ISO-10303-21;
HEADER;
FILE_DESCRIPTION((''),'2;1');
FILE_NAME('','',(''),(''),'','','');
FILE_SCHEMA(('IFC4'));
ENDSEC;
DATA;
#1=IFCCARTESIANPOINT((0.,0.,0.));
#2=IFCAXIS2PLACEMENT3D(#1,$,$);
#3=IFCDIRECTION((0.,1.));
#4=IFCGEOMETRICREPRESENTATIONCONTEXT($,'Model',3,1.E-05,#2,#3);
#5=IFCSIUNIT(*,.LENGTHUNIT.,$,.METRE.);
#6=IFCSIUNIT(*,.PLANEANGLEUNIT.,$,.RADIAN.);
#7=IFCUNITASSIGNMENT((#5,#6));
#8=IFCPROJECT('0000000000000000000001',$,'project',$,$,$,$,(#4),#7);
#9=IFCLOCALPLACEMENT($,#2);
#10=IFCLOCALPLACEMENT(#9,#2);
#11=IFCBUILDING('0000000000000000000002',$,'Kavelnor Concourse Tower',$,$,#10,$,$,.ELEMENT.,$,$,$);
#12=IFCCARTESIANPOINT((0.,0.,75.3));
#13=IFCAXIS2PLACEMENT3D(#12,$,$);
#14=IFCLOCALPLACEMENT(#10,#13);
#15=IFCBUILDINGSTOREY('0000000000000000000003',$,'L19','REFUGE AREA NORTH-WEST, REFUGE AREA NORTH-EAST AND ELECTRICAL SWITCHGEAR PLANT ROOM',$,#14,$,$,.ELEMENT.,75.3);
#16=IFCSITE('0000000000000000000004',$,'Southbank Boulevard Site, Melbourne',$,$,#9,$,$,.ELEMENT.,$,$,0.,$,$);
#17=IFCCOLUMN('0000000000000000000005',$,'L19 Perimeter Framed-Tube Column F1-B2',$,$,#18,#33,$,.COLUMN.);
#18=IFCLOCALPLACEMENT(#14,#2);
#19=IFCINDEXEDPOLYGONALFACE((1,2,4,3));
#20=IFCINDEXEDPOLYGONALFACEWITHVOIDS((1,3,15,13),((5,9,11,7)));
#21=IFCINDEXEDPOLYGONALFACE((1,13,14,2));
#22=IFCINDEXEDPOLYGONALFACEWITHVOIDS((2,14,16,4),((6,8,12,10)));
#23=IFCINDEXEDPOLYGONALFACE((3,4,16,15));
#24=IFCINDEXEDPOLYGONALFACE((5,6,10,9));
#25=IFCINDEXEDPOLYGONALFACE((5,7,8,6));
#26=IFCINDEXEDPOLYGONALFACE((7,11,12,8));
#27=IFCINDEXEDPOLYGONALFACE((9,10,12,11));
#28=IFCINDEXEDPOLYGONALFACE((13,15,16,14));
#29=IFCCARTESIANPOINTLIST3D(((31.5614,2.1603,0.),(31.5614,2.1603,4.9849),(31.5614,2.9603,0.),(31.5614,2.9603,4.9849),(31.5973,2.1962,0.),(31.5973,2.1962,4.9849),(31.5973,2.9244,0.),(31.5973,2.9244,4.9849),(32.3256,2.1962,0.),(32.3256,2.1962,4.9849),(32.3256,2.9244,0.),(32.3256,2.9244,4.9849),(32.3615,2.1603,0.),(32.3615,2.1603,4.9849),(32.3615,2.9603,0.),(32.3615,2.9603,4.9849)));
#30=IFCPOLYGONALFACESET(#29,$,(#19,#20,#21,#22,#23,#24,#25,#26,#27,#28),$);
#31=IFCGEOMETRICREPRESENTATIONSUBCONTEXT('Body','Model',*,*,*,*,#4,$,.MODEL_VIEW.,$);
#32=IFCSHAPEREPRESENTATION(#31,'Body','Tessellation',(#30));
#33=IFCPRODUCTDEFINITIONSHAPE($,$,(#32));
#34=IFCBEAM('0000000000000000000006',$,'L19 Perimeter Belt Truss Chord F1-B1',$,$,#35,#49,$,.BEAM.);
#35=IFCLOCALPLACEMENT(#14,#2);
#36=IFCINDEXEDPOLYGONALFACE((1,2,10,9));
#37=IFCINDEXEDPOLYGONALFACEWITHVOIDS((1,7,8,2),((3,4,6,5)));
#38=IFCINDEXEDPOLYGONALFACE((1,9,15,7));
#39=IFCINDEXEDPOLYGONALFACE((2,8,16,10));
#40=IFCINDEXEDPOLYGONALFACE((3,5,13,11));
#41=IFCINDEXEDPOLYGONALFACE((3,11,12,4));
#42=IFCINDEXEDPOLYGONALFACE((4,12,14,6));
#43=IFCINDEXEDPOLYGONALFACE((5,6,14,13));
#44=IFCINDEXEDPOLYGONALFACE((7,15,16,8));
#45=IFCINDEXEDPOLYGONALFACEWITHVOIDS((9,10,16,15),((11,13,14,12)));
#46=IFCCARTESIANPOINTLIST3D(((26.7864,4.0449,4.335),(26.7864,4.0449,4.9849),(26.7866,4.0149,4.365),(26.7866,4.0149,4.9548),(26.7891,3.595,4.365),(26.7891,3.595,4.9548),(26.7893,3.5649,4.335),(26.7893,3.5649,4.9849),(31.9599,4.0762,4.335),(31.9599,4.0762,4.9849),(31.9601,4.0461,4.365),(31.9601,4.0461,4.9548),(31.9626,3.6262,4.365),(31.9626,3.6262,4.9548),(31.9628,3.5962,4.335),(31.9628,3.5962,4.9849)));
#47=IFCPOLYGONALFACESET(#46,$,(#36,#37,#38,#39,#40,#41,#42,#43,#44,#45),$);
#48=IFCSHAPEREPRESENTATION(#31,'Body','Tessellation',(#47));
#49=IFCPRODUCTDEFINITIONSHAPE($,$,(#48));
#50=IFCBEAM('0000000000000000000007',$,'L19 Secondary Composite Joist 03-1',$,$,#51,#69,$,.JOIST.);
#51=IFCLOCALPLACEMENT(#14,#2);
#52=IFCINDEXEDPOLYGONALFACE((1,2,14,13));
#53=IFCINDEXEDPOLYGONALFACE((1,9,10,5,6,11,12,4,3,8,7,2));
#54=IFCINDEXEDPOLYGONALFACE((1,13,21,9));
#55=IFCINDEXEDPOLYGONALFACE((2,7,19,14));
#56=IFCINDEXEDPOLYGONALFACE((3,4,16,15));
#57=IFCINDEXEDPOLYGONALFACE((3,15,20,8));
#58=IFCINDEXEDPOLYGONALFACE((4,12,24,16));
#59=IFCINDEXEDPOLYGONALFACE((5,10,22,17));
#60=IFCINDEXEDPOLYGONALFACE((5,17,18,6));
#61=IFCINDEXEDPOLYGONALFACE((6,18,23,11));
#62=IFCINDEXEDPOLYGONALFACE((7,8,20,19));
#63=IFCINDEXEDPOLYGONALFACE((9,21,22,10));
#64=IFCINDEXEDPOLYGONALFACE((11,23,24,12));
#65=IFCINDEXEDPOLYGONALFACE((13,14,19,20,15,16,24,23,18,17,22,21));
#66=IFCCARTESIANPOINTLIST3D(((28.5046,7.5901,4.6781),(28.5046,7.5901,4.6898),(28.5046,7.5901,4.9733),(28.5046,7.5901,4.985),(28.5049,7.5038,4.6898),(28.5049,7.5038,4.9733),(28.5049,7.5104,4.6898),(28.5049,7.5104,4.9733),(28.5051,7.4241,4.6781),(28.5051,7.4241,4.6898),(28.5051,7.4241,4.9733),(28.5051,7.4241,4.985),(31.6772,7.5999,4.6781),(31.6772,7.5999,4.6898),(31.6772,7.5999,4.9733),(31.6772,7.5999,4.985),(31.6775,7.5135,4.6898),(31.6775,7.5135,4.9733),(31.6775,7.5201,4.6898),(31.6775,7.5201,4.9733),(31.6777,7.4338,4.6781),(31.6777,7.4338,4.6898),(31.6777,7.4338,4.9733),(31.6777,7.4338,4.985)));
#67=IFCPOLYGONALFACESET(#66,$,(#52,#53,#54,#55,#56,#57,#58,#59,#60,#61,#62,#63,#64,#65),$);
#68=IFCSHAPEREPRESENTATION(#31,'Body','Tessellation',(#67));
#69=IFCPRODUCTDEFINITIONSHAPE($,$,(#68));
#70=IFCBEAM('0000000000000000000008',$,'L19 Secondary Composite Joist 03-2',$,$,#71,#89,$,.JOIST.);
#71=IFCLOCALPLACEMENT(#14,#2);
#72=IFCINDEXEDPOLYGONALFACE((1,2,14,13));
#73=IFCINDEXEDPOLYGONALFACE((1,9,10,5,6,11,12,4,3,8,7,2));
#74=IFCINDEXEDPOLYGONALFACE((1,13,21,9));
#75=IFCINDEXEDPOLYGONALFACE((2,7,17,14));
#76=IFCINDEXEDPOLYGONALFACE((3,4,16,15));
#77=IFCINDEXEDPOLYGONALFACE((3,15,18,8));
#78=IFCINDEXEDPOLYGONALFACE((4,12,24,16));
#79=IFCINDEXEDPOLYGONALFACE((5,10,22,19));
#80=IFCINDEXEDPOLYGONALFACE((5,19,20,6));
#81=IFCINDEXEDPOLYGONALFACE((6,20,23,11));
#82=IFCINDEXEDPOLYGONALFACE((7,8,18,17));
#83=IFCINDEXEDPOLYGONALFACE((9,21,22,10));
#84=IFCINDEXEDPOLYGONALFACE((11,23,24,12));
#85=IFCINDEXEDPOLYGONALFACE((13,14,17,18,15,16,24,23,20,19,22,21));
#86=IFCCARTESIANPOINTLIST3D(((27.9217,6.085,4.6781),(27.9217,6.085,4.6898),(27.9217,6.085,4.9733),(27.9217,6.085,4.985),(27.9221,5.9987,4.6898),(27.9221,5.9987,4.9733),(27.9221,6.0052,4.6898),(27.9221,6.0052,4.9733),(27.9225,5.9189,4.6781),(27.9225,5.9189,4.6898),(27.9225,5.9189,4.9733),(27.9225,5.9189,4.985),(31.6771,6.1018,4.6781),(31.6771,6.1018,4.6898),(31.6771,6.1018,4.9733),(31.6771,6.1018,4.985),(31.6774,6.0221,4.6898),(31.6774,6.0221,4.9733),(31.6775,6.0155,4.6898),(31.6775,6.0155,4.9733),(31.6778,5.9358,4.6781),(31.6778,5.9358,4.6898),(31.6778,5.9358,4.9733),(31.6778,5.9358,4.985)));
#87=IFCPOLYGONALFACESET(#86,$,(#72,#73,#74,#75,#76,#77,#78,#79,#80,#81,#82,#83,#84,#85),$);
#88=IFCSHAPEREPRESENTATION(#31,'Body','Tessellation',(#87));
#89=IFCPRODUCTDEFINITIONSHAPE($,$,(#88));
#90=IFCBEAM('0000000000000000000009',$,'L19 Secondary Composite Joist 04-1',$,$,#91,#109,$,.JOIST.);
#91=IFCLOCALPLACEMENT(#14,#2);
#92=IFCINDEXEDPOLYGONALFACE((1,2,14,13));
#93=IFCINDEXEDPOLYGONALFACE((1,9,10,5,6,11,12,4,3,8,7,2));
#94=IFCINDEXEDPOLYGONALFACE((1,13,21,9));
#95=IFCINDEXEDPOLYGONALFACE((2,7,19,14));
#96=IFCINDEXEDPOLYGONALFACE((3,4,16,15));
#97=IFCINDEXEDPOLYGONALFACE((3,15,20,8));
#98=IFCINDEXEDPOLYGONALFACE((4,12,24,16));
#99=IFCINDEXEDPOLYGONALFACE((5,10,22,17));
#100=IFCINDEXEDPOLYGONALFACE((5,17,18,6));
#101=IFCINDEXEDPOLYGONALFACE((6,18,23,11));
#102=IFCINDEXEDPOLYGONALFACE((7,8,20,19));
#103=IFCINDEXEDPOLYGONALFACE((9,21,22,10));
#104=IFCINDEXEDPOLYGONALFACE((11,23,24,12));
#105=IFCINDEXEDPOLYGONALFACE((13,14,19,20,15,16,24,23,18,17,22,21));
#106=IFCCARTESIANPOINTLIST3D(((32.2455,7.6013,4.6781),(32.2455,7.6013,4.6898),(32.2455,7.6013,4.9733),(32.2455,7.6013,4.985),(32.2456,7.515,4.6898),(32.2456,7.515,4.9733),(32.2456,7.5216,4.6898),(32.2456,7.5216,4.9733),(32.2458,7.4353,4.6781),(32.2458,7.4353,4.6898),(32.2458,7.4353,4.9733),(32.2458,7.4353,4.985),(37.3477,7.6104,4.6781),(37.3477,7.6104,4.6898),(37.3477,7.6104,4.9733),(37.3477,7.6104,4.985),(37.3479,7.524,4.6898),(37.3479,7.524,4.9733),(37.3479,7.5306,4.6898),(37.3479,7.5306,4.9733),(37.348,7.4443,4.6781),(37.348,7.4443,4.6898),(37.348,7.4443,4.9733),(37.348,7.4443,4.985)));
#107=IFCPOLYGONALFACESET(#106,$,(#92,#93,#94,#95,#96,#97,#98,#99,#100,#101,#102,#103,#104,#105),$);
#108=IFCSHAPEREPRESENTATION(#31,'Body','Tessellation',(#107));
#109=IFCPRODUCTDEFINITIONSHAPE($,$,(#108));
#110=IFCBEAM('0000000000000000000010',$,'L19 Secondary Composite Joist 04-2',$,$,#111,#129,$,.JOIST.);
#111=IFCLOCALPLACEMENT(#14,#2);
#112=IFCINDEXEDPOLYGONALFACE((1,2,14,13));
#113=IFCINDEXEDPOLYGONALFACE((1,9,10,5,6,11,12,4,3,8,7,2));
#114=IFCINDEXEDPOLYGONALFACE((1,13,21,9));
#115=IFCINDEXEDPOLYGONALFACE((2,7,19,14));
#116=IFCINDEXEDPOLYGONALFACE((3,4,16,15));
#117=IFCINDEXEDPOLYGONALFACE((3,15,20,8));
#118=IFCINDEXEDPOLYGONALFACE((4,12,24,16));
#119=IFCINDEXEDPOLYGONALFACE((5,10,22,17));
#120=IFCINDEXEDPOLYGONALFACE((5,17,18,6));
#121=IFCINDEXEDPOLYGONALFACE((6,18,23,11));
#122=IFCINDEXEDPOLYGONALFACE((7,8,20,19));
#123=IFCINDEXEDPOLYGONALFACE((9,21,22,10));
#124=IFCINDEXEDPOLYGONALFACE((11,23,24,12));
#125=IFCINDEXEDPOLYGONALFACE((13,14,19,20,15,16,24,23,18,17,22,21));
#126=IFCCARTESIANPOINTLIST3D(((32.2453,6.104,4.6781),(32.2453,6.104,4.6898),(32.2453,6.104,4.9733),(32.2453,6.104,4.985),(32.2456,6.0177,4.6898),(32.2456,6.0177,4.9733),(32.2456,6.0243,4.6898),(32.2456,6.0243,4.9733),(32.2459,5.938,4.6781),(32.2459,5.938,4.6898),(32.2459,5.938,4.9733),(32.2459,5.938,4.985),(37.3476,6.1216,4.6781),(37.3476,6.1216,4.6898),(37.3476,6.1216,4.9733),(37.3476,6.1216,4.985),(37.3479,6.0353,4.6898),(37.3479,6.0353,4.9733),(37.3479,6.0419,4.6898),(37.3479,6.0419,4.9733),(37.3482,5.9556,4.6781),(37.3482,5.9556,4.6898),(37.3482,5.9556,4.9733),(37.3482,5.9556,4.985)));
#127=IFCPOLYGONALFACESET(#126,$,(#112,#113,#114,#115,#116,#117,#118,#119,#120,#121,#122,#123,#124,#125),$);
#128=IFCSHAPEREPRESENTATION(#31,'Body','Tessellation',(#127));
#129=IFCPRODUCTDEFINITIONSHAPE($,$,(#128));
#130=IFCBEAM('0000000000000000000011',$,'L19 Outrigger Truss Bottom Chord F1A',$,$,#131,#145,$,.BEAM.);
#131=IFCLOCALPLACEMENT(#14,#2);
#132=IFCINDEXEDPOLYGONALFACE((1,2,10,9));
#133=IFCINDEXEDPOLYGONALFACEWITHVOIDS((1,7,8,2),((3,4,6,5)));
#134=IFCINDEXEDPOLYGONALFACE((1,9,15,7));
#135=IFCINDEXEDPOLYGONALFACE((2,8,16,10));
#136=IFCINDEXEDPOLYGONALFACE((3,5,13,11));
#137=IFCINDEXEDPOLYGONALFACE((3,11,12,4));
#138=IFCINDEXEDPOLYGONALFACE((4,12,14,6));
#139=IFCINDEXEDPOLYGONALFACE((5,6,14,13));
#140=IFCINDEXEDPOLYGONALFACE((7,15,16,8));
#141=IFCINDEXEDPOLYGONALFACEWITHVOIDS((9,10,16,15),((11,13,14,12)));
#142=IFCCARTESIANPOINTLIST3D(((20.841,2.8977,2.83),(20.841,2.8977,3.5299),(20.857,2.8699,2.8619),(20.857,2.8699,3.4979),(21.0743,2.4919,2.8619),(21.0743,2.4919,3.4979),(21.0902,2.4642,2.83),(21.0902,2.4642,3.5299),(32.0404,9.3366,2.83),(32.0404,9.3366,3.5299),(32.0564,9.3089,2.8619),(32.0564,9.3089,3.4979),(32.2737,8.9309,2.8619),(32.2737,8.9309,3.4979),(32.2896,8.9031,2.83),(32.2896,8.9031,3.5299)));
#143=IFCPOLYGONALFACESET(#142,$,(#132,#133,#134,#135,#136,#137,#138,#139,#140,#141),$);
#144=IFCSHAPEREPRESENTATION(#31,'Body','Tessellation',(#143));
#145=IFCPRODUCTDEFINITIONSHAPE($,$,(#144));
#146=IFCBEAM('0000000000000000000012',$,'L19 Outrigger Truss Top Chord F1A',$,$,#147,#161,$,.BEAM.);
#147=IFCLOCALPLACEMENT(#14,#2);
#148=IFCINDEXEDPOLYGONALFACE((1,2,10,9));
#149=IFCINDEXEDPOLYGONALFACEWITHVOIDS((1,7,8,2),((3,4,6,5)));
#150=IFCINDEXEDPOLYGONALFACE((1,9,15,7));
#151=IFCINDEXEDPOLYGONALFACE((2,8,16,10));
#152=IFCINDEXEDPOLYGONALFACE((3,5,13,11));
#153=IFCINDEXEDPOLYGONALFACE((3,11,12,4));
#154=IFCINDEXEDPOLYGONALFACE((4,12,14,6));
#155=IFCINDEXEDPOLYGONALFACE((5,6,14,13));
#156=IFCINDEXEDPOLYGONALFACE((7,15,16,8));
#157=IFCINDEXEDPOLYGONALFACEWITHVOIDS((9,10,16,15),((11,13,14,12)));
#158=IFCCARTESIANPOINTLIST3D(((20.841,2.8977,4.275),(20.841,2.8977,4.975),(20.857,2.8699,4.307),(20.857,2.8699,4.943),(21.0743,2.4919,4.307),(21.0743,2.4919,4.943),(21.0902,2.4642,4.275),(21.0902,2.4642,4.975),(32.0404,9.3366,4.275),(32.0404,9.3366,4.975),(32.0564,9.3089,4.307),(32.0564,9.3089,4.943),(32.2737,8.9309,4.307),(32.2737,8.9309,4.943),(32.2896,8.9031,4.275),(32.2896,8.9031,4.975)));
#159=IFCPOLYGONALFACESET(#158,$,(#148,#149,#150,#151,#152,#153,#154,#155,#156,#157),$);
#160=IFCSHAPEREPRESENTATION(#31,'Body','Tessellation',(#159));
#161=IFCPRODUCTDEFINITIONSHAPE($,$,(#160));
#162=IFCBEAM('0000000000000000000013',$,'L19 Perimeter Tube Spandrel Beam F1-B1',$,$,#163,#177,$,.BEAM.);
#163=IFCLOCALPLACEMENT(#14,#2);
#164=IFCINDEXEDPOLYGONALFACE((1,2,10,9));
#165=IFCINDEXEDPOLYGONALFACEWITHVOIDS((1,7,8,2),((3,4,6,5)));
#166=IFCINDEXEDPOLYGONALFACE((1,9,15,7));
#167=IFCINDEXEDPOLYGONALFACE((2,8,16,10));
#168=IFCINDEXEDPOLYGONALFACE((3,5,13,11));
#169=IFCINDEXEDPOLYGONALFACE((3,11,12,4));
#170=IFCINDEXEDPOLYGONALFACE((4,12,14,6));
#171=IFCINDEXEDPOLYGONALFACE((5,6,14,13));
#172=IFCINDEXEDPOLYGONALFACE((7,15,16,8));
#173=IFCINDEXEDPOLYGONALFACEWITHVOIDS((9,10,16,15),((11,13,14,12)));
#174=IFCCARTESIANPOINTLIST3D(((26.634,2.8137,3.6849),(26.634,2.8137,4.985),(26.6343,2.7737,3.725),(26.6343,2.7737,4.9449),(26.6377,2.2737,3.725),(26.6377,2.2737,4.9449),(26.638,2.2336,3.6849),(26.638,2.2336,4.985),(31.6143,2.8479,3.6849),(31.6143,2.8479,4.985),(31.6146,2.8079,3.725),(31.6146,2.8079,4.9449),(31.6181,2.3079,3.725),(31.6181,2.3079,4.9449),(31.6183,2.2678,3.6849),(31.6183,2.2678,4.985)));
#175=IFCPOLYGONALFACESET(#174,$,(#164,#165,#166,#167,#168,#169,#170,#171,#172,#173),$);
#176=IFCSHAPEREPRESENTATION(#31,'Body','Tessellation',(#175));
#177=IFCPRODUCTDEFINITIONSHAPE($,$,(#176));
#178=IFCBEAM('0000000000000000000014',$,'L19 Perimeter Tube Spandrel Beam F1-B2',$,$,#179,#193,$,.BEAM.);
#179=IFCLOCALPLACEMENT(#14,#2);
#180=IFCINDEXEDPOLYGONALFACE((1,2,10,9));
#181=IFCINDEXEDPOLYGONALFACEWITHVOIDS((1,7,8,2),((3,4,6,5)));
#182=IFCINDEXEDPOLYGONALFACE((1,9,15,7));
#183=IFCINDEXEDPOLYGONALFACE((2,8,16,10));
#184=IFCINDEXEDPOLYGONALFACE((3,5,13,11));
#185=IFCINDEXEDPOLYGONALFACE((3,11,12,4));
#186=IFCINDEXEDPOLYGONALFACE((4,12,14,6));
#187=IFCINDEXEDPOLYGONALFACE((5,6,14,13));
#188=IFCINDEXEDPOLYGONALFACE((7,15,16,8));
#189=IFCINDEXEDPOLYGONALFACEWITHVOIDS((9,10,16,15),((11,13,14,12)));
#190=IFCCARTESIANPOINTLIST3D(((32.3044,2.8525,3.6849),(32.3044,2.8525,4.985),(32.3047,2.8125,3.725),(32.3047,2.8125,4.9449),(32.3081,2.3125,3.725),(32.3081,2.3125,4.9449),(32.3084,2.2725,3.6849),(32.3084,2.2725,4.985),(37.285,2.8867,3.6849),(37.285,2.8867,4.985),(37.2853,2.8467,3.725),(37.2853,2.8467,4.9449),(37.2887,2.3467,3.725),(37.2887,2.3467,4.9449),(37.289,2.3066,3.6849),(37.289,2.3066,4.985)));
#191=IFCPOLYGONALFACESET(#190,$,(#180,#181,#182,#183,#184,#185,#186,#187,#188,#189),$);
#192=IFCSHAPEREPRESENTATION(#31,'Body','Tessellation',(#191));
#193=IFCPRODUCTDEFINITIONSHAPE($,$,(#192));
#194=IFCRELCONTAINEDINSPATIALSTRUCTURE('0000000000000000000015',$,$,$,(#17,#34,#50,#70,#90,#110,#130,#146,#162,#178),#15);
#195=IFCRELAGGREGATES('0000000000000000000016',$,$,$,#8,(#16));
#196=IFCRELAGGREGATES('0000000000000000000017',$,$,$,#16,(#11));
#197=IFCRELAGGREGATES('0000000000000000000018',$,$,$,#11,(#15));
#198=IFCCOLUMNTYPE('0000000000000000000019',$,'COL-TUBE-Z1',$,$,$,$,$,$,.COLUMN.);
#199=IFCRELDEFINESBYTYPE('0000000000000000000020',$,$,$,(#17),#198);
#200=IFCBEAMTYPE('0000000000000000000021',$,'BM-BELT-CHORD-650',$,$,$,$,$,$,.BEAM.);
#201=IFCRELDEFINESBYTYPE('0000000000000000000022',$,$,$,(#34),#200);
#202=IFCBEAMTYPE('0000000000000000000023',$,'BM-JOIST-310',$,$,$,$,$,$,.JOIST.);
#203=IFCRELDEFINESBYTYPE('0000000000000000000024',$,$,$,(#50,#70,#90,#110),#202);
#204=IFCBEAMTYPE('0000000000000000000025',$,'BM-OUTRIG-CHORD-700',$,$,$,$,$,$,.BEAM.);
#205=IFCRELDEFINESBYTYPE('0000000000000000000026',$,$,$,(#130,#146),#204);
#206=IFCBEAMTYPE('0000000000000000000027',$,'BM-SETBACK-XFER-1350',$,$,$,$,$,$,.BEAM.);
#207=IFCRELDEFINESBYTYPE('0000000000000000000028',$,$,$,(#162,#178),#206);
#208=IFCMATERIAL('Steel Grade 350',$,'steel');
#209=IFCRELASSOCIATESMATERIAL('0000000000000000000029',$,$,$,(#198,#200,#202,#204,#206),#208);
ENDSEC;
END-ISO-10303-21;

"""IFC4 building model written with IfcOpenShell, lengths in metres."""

from ifc_helpers import new_model, si_unit, direction, frame, origin, origin_2d, place, context, subcontext, project, spatial, hollow_rectangle, i_section, extrude, material, material_profile, profile_set, type_object, element, save


model = new_model("IFC4")

# Units and contexts
model_context = context("Model", 3, precision=1e-05, world=origin(), true_north=direction((0.0, 1.0)))
body_context = subcontext(model_context, "Body", "Model", "MODEL_VIEW")
ifc_project = project(units=[si_unit("LENGTHUNIT", "METRE"), si_unit("PLANEANGLEUNIT", "RADIAN")], contexts=[model_context])

# Site, building, storey
site_placement = place(None, origin())
site = spatial("IfcSite", under=ifc_project, at=site_placement, Name="Southbank Boulevard Site, Melbourne", CompositionType="ELEMENT", RefElevation=0.0)
building_placement = place(site_placement, origin())
building = spatial("IfcBuilding", under=site, at=building_placement, Name="Kavelnor Concourse Tower", CompositionType="ELEMENT")
storey_placement = place(building_placement, frame((0.0, 0.0, 75.3)))
storey = spatial("IfcBuildingStorey", under=building, at=storey_placement, Name="L19", Description="REFUGE AREA NORTH-WEST, REFUGE AREA NORTH-EAST AND ELECTRICAL SWITCHGEAR PLANT ROOM", CompositionType="ELEMENT", Elevation=75.3)

# Column
ifc_material_1 = material(Name="Steel Grade 350", Category="steel")
ifc_material_profile_1 = material_profile(ifc_material_1, hollow_rectangle(XDim=0.8, YDim=0.8, WallThickness=0.0359, at=origin_2d()), Name="SHS 800x800x36")
ifc_profile_set_1 = profile_set([ifc_material_profile_1], Name="Steel Grade 350")
column_type = type_object("IfcColumnType", Name="COL-TUBE-Z1", PredefinedType="COLUMN", material=ifc_profile_set_1)
column_placement = place(storey_placement, frame((31.9614, 2.5603, 0.0), z_axis=(0.0, 0.0, 1.0), x_axis=(1.0, 0.0, 0.0)))
element("IfcColumn", 1, at=column_placement, inside=storey, type_object=column_type, Name="L19 Perimeter Framed-Tube Column F1-B2", PredefinedType="COLUMN", context=body_context, shape_type="SweptSolid", body=[
    extrude(hollow_rectangle(XDim=0.8, YDim=0.8, WallThickness=0.0359, at=origin_2d()), origin(), (0.0, 0.0, 1.0), 4.9849),
])

# Beams
ifc_material_profile_2 = material_profile(ifc_material_1, hollow_rectangle(XDim=0.48, YDim=0.6499, WallThickness=0.03, at=origin_2d()), Name="RHS 650x480x30")
ifc_profile_set_2 = profile_set([ifc_material_profile_2], Name="Steel Grade 350")
beam_type_1 = type_object("IfcBeamType", Name="BM-BELT-CHORD-650", PredefinedType="BEAM", material=ifc_profile_set_2)
beam_1_placement = place(storey_placement, frame((26.7878, 3.8049, 4.6599), z_axis=(0.999982, 0.00604, 0.0), x_axis=(-0.00604, 0.999982, 0.0)))
element("IfcBeam", 2, at=beam_1_placement, inside=storey, type_object=beam_type_1, Name="L19 Perimeter Belt Truss Chord F1-B1", PredefinedType="BEAM", context=body_context, shape_type="SweptSolid", body=[
    extrude(hollow_rectangle(XDim=0.48, YDim=0.6499, WallThickness=0.03, at=origin_2d()), origin(), (0.0, 0.0, 1.0), 5.1736),
])
ifc_material_profile_3 = material_profile(ifc_material_1, i_section(OverallWidth=0.166, OverallDepth=0.3069, WebThickness=0.0066, FlangeThickness=0.0117, at=origin_2d()), Name="310UB46")
ifc_profile_set_3 = profile_set([ifc_material_profile_3], Name="Steel Grade 350")
beam_type_2 = type_object("IfcBeamType", Name="BM-JOIST-310", PredefinedType="JOIST", material=ifc_profile_set_3)
beam_2_placement = place(storey_placement, frame((28.5049, 7.5071, 4.8315), z_axis=(0.999995, 0.003078, 0.0), x_axis=(-0.003078, 0.999995, 0.0)))
element("IfcBeam", 3, at=beam_2_placement, inside=storey, type_object=beam_type_2, Name="L19 Secondary Composite Joist 03-1", PredefinedType="JOIST", context=body_context, shape_type="SweptSolid", body=[
    extrude(i_section(OverallWidth=0.166, OverallDepth=0.3069, WebThickness=0.0066, FlangeThickness=0.0117, at=origin_2d()), origin(), (0.0, 0.0, 1.0), 3.1726),
])
beam_3_placement = place(storey_placement, frame((27.9221, 6.002, 4.8315), z_axis=(0.99999, 0.004486, 0.0), x_axis=(-0.004486, 0.99999, 0.0)))
element("IfcBeam", 4, at=beam_3_placement, inside=storey, type_object=beam_type_2, Name="L19 Secondary Composite Joist 03-2", PredefinedType="JOIST", context=body_context, shape_type="SweptSolid", body=[
    extrude(i_section(OverallWidth=0.166, OverallDepth=0.3069, WebThickness=0.0066, FlangeThickness=0.0117, at=origin_2d()), origin(), (0.0, 0.0, 1.0), 3.7554),
])
for number, where, z_axis, x_axis, name in (
    (5, (32.2456, 7.5183, 4.8315), (0.999998, 0.00177, 0.0), (-0.00177, 0.999998, 0.0), "L19 Secondary Composite Joist 04-1"),
    (6, (32.2456, 6.021, 4.8315), (0.999994, 0.003445, 0.0), (-0.003445, 0.999994, 0.0), "L19 Secondary Composite Joist 04-2"),
):
    element("IfcBeam", number, at=place(storey_placement, frame(where, z_axis=z_axis, x_axis=x_axis)), inside=storey, type_object=beam_type_2, Name=name, PredefinedType="JOIST", context=body_context, shape_type="SweptSolid", body=[
        extrude(i_section(OverallWidth=0.166, OverallDepth=0.3069, WebThickness=0.0066, FlangeThickness=0.0117, at=origin_2d()), origin(), (0.0, 0.0, 1.0), 5.1023),
    ])
ifc_material_profile_4 = material_profile(ifc_material_1, hollow_rectangle(XDim=0.5, YDim=0.7, WallThickness=0.032, at=origin_2d()), Name="RHS 700x500x32")
ifc_profile_set_4 = profile_set([ifc_material_profile_4], Name="Steel Grade 350")
beam_type_3 = type_object("IfcBeamType", Name="BM-OUTRIG-CHORD-700", PredefinedType="BEAM", material=ifc_profile_set_4)
for number, where, z_axis, x_axis, name in (
    (7, (32.165, 9.1199, 3.1799), (-0.866931, -0.498429, 0.0), (0.498429, -0.866931, 0.0), "L19 Outrigger Truss Bottom Chord F1A"),
    (8, (32.165, 9.1199, 4.625), (-0.866931, -0.498429, 0.0), (0.498429, -0.866931, 0.0), "L19 Outrigger Truss Top Chord F1A"),
):
    element("IfcBeam", number, at=place(storey_placement, frame(where, z_axis=z_axis, x_axis=x_axis)), inside=storey, type_object=beam_type_3, Name=name, PredefinedType="BEAM", context=body_context, shape_type="SweptSolid", body=[
        extrude(hollow_rectangle(XDim=0.5, YDim=0.7, WallThickness=0.032, at=origin_2d()), origin(), (0.0, 0.0, 1.0), 12.9185),
    ])
ifc_material_profile_5 = material_profile(ifc_material_1, hollow_rectangle(XDim=0.5801, YDim=1.3, WallThickness=0.04, at=origin_2d()), Name="RHS 1300x580x40")
ifc_profile_set_5 = profile_set([ifc_material_profile_5], Name="Steel Grade 350")
beam_type_4 = type_object("IfcBeamType", Name="BM-SETBACK-XFER-1350", PredefinedType="BEAM", material=ifc_profile_set_5)
beam_4_placement = place(storey_placement, frame((26.636, 2.5237, 4.335), z_axis=(0.999976, 0.006863, 0.0), x_axis=(-0.006863, 0.999976, 0.0)))
element("IfcBeam", 9, at=beam_4_placement, inside=storey, type_object=beam_type_4, Name="L19 Perimeter Tube Spandrel Beam F1-B1", PredefinedType="BEAM", context=body_context, shape_type="SweptSolid", body=[
    extrude(hollow_rectangle(XDim=0.5801, YDim=1.3, WallThickness=0.04, at=origin_2d()), origin(), (0.0, 0.0, 1.0), 4.9805),
])
beam_5_placement = place(storey_placement, frame((32.3064, 2.5625, 4.335), z_axis=(0.999976, 0.006862, 0.0), x_axis=(-0.006862, 0.999976, 0.0)))
element("IfcBeam", 10, at=beam_5_placement, inside=storey, type_object=beam_type_4, Name="L19 Perimeter Tube Spandrel Beam F1-B2", PredefinedType="BEAM", context=body_context, shape_type="SweptSolid", body=[
    extrude(hollow_rectangle(XDim=0.5801, YDim=1.3, WallThickness=0.04, at=origin_2d()), origin(), (0.0, 0.0, 1.0), 4.9807),
])

save(model, "model.ifc")
